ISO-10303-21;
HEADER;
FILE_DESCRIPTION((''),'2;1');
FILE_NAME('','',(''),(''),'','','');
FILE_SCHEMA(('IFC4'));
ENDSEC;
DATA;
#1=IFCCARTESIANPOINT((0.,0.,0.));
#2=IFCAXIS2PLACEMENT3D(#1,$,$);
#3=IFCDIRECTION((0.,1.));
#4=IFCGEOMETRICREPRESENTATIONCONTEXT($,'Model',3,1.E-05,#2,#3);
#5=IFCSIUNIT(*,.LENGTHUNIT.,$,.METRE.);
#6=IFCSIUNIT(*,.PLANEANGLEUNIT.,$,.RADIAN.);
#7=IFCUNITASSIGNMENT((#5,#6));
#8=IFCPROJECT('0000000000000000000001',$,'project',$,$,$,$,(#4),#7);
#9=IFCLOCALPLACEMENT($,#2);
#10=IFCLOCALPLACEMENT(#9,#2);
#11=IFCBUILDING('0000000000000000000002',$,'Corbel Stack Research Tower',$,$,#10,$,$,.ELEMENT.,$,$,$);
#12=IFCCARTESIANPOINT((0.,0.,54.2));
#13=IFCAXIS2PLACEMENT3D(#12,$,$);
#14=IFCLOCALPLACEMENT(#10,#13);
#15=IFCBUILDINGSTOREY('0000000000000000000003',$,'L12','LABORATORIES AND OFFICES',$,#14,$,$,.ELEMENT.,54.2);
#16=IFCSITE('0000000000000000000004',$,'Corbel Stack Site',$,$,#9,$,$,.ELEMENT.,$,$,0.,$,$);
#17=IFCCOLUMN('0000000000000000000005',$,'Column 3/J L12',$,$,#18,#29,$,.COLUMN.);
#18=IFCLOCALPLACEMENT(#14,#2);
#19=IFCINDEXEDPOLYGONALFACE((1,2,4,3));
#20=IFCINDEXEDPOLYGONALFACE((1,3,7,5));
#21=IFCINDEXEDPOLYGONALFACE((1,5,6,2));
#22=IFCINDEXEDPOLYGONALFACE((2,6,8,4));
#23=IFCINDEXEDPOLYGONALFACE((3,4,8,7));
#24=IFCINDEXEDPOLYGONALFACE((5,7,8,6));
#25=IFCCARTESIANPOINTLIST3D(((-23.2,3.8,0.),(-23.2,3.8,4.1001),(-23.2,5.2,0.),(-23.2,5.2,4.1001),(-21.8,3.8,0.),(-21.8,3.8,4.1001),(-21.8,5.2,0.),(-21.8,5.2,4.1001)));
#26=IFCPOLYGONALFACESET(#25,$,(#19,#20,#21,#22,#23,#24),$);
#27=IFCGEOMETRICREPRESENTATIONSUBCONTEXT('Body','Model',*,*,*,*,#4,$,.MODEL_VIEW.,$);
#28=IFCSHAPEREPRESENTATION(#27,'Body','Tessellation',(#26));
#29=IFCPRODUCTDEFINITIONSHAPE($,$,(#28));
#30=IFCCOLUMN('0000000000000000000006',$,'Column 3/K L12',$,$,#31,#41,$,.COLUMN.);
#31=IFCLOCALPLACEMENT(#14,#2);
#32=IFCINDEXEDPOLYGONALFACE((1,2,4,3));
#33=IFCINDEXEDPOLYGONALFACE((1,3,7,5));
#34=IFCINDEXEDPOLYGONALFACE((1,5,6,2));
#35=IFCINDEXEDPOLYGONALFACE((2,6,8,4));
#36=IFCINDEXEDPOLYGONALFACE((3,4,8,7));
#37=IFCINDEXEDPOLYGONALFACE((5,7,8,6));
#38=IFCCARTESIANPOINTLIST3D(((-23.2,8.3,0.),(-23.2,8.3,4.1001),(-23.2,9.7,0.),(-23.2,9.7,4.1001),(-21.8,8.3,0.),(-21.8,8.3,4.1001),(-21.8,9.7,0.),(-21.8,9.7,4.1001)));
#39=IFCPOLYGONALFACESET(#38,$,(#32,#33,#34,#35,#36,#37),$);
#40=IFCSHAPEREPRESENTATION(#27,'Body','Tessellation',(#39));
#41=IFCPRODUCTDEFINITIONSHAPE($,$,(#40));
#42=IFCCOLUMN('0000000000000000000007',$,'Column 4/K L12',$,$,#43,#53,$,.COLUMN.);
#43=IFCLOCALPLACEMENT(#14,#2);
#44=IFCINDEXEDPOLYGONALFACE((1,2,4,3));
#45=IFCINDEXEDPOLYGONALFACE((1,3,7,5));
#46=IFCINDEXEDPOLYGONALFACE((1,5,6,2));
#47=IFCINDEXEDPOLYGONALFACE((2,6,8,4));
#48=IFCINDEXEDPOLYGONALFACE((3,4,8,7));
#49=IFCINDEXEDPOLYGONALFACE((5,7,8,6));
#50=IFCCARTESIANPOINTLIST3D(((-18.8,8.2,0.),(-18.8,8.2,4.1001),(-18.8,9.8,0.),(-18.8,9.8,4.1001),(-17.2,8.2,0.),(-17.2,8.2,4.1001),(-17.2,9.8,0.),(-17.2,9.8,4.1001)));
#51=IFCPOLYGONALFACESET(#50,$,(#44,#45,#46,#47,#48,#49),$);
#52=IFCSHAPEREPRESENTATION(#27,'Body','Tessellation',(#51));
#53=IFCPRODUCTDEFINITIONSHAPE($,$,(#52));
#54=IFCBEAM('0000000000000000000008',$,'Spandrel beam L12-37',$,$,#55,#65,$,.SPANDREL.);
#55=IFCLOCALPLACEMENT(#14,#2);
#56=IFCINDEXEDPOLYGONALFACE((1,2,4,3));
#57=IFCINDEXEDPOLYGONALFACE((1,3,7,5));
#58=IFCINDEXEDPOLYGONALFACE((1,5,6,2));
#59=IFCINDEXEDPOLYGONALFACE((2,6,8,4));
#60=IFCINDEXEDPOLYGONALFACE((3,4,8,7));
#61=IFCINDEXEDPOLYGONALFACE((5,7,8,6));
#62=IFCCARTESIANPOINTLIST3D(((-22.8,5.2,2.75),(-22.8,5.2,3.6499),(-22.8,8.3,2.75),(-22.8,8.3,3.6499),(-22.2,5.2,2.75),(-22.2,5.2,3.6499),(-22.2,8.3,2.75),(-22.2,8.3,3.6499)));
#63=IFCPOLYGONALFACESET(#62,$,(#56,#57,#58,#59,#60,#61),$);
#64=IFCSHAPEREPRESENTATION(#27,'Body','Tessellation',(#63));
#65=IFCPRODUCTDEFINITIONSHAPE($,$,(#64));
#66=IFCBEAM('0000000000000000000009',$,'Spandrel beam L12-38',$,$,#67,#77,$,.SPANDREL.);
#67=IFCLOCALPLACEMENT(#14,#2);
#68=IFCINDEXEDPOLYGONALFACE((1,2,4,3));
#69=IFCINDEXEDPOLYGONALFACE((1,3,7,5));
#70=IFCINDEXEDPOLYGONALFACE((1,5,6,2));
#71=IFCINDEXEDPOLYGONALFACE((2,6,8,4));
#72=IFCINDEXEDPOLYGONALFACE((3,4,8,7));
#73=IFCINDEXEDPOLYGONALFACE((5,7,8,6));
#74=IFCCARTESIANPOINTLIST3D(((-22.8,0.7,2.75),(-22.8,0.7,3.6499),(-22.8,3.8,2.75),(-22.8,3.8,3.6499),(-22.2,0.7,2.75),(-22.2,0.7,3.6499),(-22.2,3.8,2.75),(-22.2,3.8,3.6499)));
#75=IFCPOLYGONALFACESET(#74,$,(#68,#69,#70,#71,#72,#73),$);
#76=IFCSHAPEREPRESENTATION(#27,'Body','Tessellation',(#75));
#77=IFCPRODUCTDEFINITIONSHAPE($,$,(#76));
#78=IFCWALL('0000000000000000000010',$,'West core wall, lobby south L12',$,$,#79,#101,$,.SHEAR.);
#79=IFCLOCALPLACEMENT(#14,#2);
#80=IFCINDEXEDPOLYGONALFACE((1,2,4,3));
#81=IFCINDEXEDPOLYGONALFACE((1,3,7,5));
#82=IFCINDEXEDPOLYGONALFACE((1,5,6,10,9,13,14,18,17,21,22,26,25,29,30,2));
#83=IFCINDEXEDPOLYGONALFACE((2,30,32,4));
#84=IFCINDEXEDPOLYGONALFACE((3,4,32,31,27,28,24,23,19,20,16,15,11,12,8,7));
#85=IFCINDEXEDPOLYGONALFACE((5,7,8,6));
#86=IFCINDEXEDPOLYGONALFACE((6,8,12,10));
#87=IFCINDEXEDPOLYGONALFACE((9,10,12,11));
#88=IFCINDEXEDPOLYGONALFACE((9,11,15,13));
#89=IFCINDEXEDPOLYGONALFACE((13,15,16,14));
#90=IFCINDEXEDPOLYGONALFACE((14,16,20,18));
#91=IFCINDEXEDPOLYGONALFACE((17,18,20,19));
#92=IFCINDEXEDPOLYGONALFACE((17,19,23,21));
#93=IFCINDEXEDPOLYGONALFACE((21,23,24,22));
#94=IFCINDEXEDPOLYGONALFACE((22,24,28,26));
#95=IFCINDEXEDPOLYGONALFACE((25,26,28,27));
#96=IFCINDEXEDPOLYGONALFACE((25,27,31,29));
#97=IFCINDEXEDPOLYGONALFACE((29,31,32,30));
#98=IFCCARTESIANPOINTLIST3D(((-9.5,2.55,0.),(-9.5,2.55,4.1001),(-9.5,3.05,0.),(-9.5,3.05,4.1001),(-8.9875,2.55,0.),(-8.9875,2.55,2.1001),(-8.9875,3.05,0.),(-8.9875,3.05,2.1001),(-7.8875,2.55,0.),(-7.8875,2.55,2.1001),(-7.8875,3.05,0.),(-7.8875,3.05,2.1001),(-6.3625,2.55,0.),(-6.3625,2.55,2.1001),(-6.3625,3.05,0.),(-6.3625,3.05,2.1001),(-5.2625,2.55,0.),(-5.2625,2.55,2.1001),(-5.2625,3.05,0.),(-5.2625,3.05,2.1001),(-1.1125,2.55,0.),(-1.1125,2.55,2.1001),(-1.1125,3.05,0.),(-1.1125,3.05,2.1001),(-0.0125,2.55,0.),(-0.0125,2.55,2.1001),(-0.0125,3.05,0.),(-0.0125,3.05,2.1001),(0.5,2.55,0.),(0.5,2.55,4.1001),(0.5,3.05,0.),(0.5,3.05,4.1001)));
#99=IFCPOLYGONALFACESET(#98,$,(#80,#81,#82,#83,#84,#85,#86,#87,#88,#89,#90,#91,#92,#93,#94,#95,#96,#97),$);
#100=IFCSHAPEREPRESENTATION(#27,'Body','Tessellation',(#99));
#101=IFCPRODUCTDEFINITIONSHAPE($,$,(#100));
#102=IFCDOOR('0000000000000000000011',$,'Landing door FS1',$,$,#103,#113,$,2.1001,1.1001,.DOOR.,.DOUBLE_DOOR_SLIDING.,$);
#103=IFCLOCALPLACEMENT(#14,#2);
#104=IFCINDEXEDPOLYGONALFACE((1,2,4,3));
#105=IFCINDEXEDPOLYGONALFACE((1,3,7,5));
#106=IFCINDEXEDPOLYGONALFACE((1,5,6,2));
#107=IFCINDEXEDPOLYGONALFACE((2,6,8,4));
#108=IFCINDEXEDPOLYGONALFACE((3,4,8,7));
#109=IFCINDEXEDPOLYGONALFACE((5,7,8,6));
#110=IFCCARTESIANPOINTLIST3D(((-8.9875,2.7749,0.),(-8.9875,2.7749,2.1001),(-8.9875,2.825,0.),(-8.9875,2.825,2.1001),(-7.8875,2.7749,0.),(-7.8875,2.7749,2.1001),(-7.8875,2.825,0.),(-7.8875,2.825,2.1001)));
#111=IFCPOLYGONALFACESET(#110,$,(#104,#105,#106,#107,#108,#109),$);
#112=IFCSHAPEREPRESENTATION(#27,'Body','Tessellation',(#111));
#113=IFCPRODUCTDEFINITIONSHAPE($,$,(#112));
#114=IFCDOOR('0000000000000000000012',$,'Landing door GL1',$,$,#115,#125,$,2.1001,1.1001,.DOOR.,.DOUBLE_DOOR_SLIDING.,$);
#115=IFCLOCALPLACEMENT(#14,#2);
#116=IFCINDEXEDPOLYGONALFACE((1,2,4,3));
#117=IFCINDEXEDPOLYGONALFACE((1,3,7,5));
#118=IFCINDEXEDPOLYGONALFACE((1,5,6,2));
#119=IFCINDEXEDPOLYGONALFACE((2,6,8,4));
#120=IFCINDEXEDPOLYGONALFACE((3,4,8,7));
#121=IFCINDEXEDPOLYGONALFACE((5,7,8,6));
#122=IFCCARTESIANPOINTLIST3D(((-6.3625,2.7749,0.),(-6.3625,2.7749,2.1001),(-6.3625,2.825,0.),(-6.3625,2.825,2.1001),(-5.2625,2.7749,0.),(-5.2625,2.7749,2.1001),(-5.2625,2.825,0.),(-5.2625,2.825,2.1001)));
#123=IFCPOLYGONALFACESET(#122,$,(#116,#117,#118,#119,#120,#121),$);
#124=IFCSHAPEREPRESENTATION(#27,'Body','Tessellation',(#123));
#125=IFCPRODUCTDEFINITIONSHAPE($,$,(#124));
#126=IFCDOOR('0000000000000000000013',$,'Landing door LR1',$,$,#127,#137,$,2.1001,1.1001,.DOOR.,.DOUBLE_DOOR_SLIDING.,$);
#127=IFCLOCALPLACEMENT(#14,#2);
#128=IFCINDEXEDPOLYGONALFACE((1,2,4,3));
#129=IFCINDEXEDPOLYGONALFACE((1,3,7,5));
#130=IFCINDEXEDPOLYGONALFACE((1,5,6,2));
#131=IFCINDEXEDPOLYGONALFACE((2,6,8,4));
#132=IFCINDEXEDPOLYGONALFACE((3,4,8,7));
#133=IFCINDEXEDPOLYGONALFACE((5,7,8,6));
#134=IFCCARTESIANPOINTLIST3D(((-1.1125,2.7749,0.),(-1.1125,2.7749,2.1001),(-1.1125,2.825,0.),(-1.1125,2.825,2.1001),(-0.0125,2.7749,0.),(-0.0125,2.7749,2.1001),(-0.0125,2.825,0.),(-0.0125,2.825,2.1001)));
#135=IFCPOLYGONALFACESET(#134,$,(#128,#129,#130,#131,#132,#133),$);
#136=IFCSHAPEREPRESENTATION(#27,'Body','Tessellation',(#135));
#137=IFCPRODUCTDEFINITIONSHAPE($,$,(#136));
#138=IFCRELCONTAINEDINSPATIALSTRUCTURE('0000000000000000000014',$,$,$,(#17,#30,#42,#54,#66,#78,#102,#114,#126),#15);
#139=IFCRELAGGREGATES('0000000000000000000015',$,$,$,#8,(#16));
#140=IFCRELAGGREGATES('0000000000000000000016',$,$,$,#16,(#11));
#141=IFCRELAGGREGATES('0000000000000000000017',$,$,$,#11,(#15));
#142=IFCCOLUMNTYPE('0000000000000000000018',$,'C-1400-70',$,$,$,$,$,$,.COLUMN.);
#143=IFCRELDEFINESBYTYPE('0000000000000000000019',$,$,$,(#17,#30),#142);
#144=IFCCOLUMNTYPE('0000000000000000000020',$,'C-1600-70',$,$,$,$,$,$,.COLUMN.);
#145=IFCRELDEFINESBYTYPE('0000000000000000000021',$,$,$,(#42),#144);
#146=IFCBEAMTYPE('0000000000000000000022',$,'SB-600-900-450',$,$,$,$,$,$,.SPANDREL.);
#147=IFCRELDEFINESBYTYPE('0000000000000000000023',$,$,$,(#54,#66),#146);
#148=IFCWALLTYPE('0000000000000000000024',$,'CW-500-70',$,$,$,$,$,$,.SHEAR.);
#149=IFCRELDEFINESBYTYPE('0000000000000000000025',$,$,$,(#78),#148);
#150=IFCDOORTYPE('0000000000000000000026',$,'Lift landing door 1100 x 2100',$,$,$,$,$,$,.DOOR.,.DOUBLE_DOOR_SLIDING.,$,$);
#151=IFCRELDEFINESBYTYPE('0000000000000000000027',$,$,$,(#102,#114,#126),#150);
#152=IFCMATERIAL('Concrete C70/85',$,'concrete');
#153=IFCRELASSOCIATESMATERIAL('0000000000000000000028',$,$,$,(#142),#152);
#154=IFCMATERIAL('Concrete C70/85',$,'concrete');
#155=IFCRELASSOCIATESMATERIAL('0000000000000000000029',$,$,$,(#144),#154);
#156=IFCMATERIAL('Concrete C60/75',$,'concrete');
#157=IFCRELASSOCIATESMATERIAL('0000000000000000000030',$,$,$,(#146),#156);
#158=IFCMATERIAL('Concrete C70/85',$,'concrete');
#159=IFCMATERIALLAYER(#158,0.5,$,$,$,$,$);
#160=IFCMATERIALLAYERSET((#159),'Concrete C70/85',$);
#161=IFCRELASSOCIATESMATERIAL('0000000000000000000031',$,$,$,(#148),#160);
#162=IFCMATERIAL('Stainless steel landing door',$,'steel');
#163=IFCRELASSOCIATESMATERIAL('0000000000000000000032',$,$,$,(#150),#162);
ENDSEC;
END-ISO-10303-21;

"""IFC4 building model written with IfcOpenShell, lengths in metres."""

from ifc_helpers import new_model, si_unit, direction, frame, frame_2d, origin, origin_2d, place, context, subcontext, project, spatial, rectangle, extrude, material, layer, layer_set, material_profile, profile_set, type_object, element, fill, save


model = new_model("IFC4")

# Units and contexts
model_context = context("Model", 3, precision=1e-05, world=origin(), true_north=direction((0.0, 1.0)))
body_context = subcontext(model_context, "Body", "Model", "MODEL_VIEW")
ifc_project = project(units=[si_unit("LENGTHUNIT", "METRE"), si_unit("PLANEANGLEUNIT", "RADIAN")], contexts=[model_context])

# Site, building, storey
site_placement = place(None, origin())
site = spatial("IfcSite", under=ifc_project, at=site_placement, Name="Corbel Stack Site", CompositionType="ELEMENT", RefElevation=0.0)
building_placement = place(site_placement, origin())
building = spatial("IfcBuilding", under=site, at=building_placement, Name="Corbel Stack Research Tower", CompositionType="ELEMENT")
storey_placement = place(building_placement, frame((0.0, 0.0, 54.2)))
storey = spatial("IfcBuildingStorey", under=building, at=storey_placement, Name="L12", Description="LABORATORIES AND OFFICES", CompositionType="ELEMENT", Elevation=54.2)

# Columns
ifc_material_1 = material(Name="Concrete C70/85", Category="concrete")
ifc_material_profile_1 = material_profile(ifc_material_1, rectangle(XDim=1.3999, YDim=1.3999, at=origin_2d()), Name="RC 1400 x 1400")
ifc_profile_set_1 = profile_set([ifc_material_profile_1], Name="Concrete C70/85")
column_type_1 = type_object("IfcColumnType", Name="C-1400-70", PredefinedType="COLUMN", material=ifc_profile_set_1)
for number, where, z_axis, x_axis, name in (
    (1, (-22.5, 4.5, 0.0), (0.0, 0.0, 1.0), (1.0, 0.0, 0.0), "Column 3/J L12"),
    (2, (-22.5, 9.0, 0.0), (0.0, 0.0, 1.0), (1.0, 0.0, 0.0), "Column 3/K L12"),
):
    element("IfcColumn", number, at=place(storey_placement, frame(where, z_axis=z_axis, x_axis=x_axis)), inside=storey, type_object=column_type_1, Name=name, PredefinedType="COLUMN", context=body_context, shape_type="SweptSolid", body=[
        extrude(rectangle(XDim=1.3999, YDim=1.3999, at=origin_2d()), origin(), (0.0, 0.0, 1.0), 4.1001),
    ])
ifc_material_2 = material(Name="Concrete C70/85", Category="concrete")
ifc_material_profile_2 = material_profile(ifc_material_2, rectangle(XDim=1.6001, YDim=1.6001, at=origin_2d()), Name="RC 1600 x 1600")
ifc_profile_set_2 = profile_set([ifc_material_profile_2], Name="Concrete C70/85")
column_type_2 = type_object("IfcColumnType", Name="C-1600-70", PredefinedType="COLUMN", material=ifc_profile_set_2)
column_placement = place(storey_placement, frame((-18.0, 9.0, 0.0), z_axis=(0.0, 0.0, 1.0), x_axis=(1.0, 0.0, 0.0)))
element("IfcColumn", 3, at=column_placement, inside=storey, type_object=column_type_2, Name="Column 4/K L12", PredefinedType="COLUMN", context=body_context, shape_type="SweptSolid", body=[
    extrude(rectangle(XDim=1.6001, YDim=1.6001, at=origin_2d()), origin(), (0.0, 0.0, 1.0), 4.1001),
])

# Beams
ifc_material_3 = material(Name="Concrete C60/75", Category="concrete")
ifc_material_profile_3 = material_profile(ifc_material_3, rectangle(XDim=0.6001, YDim=0.8999, at=origin_2d()), Name="RC 600 x 900")
ifc_profile_set_3 = profile_set([ifc_material_profile_3], Name="Concrete C60/75")
beam_type = type_object("IfcBeamType", Name="SB-600-900-450", PredefinedType="SPANDREL", material=ifc_profile_set_3)
for number, where, z_axis, x_axis, name in (
    (4, (-22.5, 8.3, 3.2), (0.0, -1.0, 0.0), (1.0, 0.0, 0.0), "Spandrel beam L12-37"),
    (5, (-22.5, 3.8, 3.2), (0.0, -1.0, 0.0), (1.0, 0.0, 0.0), "Spandrel beam L12-38"),
):
    element("IfcBeam", number, at=place(storey_placement, frame(where, z_axis=z_axis, x_axis=x_axis)), inside=storey, type_object=beam_type, Name=name, PredefinedType="SPANDREL", context=body_context, shape_type="SweptSolid", body=[
        extrude(rectangle(XDim=0.6001, YDim=0.8999, at=origin_2d()), origin(), (0.0, 0.0, 1.0), 3.1001),
    ])

# Wall, openings, doors
ifc_material_4 = material(Name="Concrete C70/85", Category="concrete")
ifc_layer_1 = layer(ifc_material_4, 0.5)
ifc_layer_set_1 = layer_set([ifc_layer_1], Name="Concrete C70/85")
wall_type_1 = type_object("IfcWallType", Name="CW-500-70", PredefinedType="SHEAR", material=ifc_layer_set_1)
wall_1_placement = place(storey_placement, frame((-9.5, 2.8, 0.0), z_axis=(0.0, 0.0, 1.0), x_axis=(1.0, 0.0, 0.0)))
wall_1 = element("IfcWall", 6, at=wall_1_placement, inside=storey, type_object=wall_type_1, Name="West core wall, lobby south L12", PredefinedType="SHEAR", context=body_context, shape_type="SweptSolid", body=[
    extrude(rectangle(XDim=10.0, YDim=0.5, at=frame_2d((5.0, 0.0))), origin(), (0.0, 0.0, 1.0), 4.1001),
])
opening_1_placement = place(wall_1_placement, frame((0.5125, 0.0, 0.0)))
opening_1 = element("IfcOpeningElement", 7, at=opening_1_placement, cuts=wall_1, PredefinedType="OPENING", context=body_context, shape_type="SweptSolid", body=[
    extrude(rectangle(XDim=1.1001, YDim=2.1001, at=frame_2d((0.55, 1.05))), frame((0.0, 0.26, 0.0), z_axis=(0.0, -1.0, 0.0), x_axis=(1.0, 0.0, 0.0)), (0.0, 0.0, 1.0), 0.52),
])
opening_2_placement = place(wall_1_placement, frame((3.1375, 0.0, 0.0)))
opening_2 = element("IfcOpeningElement", 8, at=opening_2_placement, cuts=wall_1, PredefinedType="OPENING", context=body_context, shape_type="SweptSolid", body=[
    extrude(rectangle(XDim=1.1001, YDim=2.1001, at=frame_2d((0.55, 1.05))), frame((0.0, 0.26, 0.0), z_axis=(0.0, -1.0, 0.0), x_axis=(1.0, 0.0, 0.0)), (0.0, 0.0, 1.0), 0.52),
])
opening_3_placement = place(wall_1_placement, frame((8.3875, 0.0, 0.0)))
opening_3 = element("IfcOpeningElement", 9, at=opening_3_placement, cuts=wall_1, PredefinedType="OPENING", context=body_context, shape_type="SweptSolid", body=[
    extrude(rectangle(XDim=1.1001, YDim=2.1001, at=frame_2d((0.55, 1.05))), frame((0.0, 0.26, 0.0), z_axis=(0.0, -1.0, 0.0), x_axis=(1.0, 0.0, 0.0)), (0.0, 0.0, 1.0), 0.52),
])
ifc_material_5 = material(Name="Stainless steel landing door", Category="steel")
door_type_1 = type_object("IfcDoorType", Name="Lift landing door 1100 x 2100", OperationType="DOUBLE_DOOR_SLIDING", PredefinedType="DOOR", material=ifc_material_5)
door_1_placement = place(opening_1_placement, origin())
door_1 = element("IfcDoor", 10, at=door_1_placement, inside=storey, type_object=door_type_1, Name="Landing door FS1", OperationType="DOUBLE_DOOR_SLIDING", OverallHeight=2.1001, OverallWidth=1.1001, PredefinedType="DOOR", context=body_context, shape_type="SweptSolid", body=[
    extrude(rectangle(XDim=1.1001, YDim=2.1001, at=frame_2d((0.55, 1.05))), frame((0.0, 0.0249, 0.0), z_axis=(0.0, -1.0, 0.0), x_axis=(1.0, 0.0, 0.0)), (0.0, 0.0, 1.0), 0.05),
])
fill(opening_1, door_1)
door_2_placement = place(opening_2_placement, origin())
door_2 = element("IfcDoor", 11, at=door_2_placement, inside=storey, type_object=door_type_1, Name="Landing door GL1", OperationType="DOUBLE_DOOR_SLIDING", OverallHeight=2.1001, OverallWidth=1.1001, PredefinedType="DOOR", context=body_context, shape_type="SweptSolid", body=[
    extrude(rectangle(XDim=1.1001, YDim=2.1001, at=frame_2d((0.55, 1.05))), frame((0.0, 0.0249, 0.0), z_axis=(0.0, -1.0, 0.0), x_axis=(1.0, 0.0, 0.0)), (0.0, 0.0, 1.0), 0.05),
])
fill(opening_2, door_2)
door_3_placement = place(opening_3_placement, origin())
door_3 = element("IfcDoor", 12, at=door_3_placement, inside=storey, type_object=door_type_1, Name="Landing door LR1", OperationType="DOUBLE_DOOR_SLIDING", OverallHeight=2.1001, OverallWidth=1.1001, PredefinedType="DOOR", context=body_context, shape_type="SweptSolid", body=[
    extrude(rectangle(XDim=1.1001, YDim=2.1001, at=frame_2d((0.55, 1.05))), frame((0.0, 0.0249, 0.0), z_axis=(0.0, -1.0, 0.0), x_axis=(1.0, 0.0, 0.0)), (0.0, 0.0, 1.0), 0.05),
])
fill(opening_3, door_3)

save(model, "model.ifc")
